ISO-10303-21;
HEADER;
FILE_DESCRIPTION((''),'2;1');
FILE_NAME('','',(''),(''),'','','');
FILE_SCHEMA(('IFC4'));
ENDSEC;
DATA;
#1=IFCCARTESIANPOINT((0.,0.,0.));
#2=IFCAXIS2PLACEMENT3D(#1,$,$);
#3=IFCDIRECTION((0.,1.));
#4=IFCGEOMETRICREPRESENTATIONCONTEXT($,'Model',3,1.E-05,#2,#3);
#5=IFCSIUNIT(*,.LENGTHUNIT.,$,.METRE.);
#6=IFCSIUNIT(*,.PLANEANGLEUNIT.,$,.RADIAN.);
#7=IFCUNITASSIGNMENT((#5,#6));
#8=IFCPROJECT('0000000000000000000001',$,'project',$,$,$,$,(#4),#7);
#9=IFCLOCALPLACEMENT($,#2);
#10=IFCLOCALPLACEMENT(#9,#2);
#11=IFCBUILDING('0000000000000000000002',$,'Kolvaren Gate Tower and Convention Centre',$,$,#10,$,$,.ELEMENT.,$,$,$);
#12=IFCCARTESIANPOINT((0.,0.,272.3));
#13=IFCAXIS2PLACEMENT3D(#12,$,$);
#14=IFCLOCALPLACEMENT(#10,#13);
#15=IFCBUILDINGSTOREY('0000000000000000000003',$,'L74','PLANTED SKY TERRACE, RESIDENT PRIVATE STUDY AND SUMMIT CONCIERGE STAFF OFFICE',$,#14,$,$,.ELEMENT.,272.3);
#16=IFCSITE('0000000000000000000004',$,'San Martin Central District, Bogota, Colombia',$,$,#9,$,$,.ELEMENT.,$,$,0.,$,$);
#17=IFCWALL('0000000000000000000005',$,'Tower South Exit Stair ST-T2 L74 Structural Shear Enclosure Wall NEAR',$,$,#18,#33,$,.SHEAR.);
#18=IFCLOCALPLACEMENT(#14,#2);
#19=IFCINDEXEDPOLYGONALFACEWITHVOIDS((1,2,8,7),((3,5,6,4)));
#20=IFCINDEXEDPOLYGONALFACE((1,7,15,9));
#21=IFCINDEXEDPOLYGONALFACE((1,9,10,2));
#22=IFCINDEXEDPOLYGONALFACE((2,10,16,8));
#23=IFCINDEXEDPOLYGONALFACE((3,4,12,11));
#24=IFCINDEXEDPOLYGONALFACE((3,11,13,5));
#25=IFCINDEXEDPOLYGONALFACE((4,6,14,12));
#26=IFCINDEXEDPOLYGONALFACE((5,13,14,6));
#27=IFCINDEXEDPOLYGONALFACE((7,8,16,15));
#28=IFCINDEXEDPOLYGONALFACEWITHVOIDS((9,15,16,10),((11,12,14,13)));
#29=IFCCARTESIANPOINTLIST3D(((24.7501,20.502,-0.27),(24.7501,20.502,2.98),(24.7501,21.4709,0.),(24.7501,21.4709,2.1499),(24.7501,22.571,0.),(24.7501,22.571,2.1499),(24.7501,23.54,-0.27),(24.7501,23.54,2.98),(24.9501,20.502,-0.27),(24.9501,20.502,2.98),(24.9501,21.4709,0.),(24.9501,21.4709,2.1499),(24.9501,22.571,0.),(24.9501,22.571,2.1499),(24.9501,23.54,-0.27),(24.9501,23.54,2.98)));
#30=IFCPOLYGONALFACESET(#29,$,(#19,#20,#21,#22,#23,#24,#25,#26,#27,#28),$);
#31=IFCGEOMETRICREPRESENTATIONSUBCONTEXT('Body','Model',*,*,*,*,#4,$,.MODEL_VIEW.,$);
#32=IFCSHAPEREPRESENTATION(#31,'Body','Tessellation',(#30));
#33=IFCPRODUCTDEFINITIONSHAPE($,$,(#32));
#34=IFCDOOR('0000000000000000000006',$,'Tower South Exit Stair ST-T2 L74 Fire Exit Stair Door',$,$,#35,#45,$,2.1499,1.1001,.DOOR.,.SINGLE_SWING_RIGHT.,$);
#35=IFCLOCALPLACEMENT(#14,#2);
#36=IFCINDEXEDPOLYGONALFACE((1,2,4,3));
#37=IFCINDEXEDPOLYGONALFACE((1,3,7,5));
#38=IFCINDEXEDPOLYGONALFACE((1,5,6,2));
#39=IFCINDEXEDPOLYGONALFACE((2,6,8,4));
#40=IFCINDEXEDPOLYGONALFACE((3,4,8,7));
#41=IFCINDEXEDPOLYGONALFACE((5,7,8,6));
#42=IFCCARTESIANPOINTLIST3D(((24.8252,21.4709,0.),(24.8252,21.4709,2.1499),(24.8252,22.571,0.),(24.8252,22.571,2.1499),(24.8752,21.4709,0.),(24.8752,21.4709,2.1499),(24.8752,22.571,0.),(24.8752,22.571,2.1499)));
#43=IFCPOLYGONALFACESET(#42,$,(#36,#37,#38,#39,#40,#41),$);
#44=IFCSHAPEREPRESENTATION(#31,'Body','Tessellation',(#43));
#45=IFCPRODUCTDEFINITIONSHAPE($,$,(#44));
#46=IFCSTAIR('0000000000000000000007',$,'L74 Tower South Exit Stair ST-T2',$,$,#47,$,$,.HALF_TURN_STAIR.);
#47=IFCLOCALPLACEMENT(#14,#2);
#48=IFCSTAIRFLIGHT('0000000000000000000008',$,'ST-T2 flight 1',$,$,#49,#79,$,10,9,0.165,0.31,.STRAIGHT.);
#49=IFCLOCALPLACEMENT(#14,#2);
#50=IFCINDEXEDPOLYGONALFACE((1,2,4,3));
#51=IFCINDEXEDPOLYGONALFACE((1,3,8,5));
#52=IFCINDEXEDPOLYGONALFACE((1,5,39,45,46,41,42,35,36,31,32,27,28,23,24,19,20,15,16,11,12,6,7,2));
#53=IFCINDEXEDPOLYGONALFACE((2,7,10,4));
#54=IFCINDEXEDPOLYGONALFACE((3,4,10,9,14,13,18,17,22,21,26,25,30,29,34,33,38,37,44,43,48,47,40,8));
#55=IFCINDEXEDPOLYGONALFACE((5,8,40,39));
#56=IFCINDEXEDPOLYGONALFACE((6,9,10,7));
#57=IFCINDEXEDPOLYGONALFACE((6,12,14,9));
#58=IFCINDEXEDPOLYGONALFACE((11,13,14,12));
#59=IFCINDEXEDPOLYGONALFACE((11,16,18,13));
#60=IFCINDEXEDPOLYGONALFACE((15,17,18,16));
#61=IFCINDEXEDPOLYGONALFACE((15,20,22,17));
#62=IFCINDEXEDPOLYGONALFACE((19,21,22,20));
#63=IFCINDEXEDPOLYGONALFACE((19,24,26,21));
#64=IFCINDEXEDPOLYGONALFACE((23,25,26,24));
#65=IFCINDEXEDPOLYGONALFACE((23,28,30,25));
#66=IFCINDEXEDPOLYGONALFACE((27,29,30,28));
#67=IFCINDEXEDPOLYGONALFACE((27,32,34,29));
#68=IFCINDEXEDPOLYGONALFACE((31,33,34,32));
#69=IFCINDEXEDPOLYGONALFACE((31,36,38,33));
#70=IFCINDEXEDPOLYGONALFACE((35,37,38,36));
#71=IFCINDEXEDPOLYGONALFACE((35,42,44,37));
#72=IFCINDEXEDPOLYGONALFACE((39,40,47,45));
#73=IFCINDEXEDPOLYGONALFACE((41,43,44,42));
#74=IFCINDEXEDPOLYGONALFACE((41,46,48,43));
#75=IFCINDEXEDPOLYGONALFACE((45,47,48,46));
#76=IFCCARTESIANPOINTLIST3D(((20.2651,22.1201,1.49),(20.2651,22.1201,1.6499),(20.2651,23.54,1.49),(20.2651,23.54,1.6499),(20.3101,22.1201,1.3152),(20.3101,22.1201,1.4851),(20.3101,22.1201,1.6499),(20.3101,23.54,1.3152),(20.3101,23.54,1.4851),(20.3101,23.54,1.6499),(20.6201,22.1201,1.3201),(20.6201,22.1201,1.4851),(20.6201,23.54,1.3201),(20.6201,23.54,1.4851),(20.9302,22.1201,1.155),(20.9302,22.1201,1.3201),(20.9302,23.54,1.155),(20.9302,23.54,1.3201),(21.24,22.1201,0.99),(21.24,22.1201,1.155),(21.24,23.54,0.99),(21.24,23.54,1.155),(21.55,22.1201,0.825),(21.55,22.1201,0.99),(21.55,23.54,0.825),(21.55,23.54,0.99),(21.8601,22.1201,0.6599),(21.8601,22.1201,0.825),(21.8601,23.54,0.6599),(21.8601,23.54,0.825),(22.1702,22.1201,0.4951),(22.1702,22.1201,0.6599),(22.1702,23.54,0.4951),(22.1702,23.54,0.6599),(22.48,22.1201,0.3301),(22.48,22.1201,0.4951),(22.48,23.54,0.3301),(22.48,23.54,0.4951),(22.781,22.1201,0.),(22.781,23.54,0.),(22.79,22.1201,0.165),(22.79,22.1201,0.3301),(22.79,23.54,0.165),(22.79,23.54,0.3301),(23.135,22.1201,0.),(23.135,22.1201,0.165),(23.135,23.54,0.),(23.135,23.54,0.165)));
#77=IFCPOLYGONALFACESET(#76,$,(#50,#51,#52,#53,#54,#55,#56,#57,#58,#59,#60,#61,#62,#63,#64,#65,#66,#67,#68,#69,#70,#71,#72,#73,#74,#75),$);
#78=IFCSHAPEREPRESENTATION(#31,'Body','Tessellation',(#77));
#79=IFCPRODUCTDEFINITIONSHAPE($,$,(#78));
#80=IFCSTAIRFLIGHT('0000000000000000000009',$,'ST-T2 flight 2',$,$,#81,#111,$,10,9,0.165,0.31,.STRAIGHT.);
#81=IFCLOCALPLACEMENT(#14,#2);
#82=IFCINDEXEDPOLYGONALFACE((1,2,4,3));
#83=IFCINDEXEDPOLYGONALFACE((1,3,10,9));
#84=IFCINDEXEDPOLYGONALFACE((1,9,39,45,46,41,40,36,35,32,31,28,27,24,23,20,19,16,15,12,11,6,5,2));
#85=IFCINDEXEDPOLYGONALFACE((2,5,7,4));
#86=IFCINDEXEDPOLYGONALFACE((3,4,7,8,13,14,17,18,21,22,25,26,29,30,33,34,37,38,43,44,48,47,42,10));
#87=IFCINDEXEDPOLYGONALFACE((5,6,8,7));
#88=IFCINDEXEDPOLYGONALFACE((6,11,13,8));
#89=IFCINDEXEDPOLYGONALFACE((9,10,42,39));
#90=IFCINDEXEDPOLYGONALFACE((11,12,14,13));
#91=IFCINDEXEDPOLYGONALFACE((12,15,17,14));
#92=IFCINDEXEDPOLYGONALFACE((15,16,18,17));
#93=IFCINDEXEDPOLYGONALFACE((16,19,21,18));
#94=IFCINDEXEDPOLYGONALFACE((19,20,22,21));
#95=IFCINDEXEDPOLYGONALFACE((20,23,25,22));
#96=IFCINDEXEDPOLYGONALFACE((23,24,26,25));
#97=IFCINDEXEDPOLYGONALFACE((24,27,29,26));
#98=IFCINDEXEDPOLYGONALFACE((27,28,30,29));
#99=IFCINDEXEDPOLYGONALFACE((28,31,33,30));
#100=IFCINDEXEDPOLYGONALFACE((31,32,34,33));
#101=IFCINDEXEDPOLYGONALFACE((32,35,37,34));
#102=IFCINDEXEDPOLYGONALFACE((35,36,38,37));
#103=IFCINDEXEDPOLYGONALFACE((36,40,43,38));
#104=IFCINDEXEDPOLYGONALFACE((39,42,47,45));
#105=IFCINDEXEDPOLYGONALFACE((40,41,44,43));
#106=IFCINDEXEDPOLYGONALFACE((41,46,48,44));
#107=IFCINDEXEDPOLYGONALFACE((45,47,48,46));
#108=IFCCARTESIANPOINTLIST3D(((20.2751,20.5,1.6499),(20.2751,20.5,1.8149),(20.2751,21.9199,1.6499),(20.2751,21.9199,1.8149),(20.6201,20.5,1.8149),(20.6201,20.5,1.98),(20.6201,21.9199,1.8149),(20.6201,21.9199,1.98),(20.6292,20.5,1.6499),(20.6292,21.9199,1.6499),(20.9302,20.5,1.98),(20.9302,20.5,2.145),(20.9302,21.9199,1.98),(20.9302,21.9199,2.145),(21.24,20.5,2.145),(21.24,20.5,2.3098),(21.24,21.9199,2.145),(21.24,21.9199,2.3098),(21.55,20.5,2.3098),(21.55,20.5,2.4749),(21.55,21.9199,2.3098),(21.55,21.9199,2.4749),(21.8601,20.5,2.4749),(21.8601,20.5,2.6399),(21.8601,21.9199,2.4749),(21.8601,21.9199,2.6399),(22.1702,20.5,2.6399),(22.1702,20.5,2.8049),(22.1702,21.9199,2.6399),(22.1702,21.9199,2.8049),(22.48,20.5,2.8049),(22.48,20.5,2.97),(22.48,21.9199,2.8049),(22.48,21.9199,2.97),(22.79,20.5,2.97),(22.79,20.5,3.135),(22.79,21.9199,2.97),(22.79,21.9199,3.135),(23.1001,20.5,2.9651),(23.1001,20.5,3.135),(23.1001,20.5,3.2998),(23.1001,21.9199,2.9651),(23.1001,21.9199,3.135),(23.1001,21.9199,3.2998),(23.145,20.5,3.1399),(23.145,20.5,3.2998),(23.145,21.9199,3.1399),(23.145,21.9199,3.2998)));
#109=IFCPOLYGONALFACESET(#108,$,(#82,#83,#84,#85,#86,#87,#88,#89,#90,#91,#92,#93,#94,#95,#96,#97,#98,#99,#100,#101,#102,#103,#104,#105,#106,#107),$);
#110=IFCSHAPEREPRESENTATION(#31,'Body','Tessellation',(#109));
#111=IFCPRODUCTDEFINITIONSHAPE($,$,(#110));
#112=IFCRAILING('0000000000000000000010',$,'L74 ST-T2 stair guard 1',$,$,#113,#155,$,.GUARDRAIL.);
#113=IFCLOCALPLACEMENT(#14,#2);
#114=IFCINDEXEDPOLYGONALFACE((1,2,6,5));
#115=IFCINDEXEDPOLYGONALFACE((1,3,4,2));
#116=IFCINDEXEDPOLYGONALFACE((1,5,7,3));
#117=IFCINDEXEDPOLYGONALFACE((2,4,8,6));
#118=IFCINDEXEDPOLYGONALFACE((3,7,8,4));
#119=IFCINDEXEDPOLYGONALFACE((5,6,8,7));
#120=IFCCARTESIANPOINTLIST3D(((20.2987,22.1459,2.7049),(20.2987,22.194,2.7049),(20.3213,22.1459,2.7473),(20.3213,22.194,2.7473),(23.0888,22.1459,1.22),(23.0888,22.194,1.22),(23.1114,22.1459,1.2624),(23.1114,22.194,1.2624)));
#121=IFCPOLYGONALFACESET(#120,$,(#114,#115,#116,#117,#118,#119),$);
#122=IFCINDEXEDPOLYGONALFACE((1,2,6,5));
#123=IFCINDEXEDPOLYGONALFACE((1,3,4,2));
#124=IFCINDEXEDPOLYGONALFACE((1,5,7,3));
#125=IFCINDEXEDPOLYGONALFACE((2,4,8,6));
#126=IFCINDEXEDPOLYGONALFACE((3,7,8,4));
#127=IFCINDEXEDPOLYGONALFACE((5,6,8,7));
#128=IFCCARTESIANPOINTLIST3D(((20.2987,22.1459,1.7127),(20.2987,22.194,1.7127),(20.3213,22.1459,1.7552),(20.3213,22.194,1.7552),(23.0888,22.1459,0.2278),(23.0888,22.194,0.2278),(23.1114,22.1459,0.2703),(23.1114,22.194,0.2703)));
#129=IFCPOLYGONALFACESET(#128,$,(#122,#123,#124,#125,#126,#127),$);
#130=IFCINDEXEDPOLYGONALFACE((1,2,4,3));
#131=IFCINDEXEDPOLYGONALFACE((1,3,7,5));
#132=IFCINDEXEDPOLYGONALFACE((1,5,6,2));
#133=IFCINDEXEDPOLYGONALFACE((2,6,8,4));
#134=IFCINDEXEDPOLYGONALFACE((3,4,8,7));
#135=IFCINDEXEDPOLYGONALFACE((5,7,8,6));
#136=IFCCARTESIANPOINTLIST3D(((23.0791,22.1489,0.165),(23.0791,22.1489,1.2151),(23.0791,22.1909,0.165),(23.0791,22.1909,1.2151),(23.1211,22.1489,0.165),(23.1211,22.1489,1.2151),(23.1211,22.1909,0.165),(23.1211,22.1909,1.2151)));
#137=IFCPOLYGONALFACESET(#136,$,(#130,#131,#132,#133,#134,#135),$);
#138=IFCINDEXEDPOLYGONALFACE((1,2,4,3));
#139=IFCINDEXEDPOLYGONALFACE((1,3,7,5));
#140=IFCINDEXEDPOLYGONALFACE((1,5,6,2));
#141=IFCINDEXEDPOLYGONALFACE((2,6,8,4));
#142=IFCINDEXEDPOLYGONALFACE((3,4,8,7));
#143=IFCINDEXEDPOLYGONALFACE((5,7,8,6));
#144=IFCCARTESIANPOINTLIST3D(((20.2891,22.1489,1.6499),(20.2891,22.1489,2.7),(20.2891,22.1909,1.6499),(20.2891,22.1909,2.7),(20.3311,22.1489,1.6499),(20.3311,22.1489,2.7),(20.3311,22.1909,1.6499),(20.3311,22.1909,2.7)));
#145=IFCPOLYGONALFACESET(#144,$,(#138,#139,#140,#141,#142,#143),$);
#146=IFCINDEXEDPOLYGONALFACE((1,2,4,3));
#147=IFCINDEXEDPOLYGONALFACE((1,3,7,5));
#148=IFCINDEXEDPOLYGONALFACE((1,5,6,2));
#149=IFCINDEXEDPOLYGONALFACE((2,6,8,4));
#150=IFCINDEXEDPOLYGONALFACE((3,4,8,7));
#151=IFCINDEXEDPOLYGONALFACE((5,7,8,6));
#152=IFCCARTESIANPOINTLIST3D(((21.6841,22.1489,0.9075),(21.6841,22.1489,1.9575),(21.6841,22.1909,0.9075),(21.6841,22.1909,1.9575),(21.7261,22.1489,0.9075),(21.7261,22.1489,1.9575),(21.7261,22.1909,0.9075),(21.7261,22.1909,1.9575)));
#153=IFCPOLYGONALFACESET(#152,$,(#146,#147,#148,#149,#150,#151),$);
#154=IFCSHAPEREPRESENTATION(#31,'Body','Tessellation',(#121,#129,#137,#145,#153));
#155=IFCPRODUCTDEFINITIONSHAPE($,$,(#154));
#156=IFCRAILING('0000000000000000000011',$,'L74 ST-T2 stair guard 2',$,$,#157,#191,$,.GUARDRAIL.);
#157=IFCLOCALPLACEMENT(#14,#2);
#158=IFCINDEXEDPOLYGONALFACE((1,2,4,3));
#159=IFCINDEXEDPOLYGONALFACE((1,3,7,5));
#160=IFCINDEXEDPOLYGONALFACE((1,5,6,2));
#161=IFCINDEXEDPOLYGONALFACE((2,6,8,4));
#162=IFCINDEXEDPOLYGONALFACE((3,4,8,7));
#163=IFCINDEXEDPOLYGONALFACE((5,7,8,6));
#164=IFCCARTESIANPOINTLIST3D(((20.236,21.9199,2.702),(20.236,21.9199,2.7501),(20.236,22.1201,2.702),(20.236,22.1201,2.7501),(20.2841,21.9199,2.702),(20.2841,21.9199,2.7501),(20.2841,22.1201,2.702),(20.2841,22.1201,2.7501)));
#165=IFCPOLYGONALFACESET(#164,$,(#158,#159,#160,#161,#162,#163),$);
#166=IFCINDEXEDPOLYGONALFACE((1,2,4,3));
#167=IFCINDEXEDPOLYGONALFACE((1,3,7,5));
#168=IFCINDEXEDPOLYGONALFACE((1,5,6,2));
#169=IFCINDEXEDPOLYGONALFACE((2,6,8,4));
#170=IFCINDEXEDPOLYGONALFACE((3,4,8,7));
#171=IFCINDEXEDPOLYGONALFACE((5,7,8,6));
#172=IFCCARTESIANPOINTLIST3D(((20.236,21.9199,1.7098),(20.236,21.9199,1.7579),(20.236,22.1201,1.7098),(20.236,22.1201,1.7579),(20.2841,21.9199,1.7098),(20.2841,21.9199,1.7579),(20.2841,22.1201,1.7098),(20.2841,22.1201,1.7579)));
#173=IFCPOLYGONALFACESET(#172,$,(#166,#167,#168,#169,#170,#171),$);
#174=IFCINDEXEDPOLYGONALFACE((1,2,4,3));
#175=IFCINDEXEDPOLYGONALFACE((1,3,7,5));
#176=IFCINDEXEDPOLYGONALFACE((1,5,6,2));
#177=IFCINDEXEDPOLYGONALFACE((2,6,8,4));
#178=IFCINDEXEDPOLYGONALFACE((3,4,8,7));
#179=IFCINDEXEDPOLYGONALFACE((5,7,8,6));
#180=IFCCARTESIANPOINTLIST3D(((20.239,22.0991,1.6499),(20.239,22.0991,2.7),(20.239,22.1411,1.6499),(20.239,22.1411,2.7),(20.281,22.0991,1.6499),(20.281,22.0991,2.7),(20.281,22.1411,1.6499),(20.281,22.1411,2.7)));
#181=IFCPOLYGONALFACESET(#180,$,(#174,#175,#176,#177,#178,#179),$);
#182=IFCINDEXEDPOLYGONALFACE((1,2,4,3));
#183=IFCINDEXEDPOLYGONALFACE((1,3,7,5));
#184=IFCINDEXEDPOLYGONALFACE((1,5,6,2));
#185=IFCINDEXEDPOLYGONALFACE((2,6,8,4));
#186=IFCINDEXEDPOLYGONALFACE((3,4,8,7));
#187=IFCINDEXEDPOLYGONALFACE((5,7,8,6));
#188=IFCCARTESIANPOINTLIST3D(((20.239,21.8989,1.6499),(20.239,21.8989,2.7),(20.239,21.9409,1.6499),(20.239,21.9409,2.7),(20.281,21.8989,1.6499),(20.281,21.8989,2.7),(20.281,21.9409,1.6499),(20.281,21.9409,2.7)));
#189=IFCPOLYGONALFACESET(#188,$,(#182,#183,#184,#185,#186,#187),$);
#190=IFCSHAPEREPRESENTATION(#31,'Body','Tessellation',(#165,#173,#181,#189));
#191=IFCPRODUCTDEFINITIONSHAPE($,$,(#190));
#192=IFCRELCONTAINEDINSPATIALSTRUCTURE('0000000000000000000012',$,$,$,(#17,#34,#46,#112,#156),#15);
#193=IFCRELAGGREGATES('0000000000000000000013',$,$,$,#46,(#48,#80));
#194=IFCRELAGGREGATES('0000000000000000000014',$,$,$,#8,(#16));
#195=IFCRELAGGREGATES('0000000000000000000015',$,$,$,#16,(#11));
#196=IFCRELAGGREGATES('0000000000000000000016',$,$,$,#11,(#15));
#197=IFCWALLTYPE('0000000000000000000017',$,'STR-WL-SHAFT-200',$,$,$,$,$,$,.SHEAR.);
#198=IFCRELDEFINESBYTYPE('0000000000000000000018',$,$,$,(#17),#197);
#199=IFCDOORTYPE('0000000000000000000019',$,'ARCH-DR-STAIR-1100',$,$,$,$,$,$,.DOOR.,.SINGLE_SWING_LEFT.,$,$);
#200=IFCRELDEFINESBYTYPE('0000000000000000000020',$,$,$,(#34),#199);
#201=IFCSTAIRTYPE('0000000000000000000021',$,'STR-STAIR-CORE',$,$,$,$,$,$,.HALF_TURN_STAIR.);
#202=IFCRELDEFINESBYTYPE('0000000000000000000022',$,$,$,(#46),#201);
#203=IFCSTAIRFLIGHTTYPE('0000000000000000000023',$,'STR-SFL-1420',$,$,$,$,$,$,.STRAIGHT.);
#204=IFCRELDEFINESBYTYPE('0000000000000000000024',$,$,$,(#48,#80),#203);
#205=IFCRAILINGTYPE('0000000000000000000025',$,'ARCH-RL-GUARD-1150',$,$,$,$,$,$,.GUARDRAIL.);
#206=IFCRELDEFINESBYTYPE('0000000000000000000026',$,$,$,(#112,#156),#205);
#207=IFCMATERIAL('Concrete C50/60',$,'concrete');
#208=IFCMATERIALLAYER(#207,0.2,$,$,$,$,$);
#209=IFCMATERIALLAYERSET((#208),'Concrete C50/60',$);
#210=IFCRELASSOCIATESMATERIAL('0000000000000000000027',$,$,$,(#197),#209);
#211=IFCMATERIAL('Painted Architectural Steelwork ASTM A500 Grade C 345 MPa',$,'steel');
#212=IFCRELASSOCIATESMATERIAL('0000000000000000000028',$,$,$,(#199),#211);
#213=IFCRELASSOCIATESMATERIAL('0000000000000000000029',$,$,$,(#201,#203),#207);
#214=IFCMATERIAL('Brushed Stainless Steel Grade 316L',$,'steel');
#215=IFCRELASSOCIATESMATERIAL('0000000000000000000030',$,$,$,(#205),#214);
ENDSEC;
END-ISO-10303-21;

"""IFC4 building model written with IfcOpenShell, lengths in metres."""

from ifc_helpers import new_model, si_unit, direction, frame, frame_2d, origin, origin_2d, place, context, subcontext, project, spatial, polyline, rectangle, outline, extrude, material, layer, layer_set, type_object, element, fill, aggregate, save


model = new_model("IFC4")

# Units and contexts
model_context = context("Model", 3, precision=1e-05, world=origin(), true_north=direction((0.0, 1.0)))
body_context = subcontext(model_context, "Body", "Model", "MODEL_VIEW")
ifc_project = project(units=[si_unit("LENGTHUNIT", "METRE"), si_unit("PLANEANGLEUNIT", "RADIAN")], contexts=[model_context])

# Site, building, storey
site_placement = place(None, origin())
site = spatial("IfcSite", under=ifc_project, at=site_placement, Name="San Martin Central District, Bogota, Colombia", CompositionType="ELEMENT", RefElevation=0.0)
building_placement = place(site_placement, origin())
building = spatial("IfcBuilding", under=site, at=building_placement, Name="Kolvaren Gate Tower and Convention Centre", CompositionType="ELEMENT")
storey_placement = place(building_placement, frame((0.0, 0.0, 272.3)))
storey = spatial("IfcBuildingStorey", under=building, at=storey_placement, Name="L74", Description="PLANTED SKY TERRACE, RESIDENT PRIVATE STUDY AND SUMMIT CONCIERGE STAFF OFFICE", CompositionType="ELEMENT", Elevation=272.3)

# Shared definitions
ifc_material_1 = material(Name="Painted Architectural Steelwork ASTM A500 Grade C 345 MPa", Category="steel")

# Shared definitions
ifc_material_2 = material(Name="Brushed Stainless Steel Grade 316L", Category="steel")

# Shared definitions
ifc_material_3 = material(Name="Concrete C50/60", Category="concrete")

# Wall, opening, door
ifc_layer_1 = layer(ifc_material_3, 0.2)
ifc_layer_set_1 = layer_set([ifc_layer_1], Name="Concrete C50/60")
wall_type_1 = type_object("IfcWallType", Name="STR-WL-SHAFT-200", PredefinedType="SHEAR", material=ifc_layer_set_1)
wall_1_placement = place(storey_placement, frame((24.8501, 20.502, -0.27), z_axis=(0.0, 0.0, 1.0), x_axis=(0.0, 1.0, 0.0)))
wall_1 = element("IfcWall", 1, at=wall_1_placement, inside=storey, type_object=wall_type_1, Name="Tower South Exit Stair ST-T2 L74 Structural Shear Enclosure Wall NEAR", PredefinedType="SHEAR", context=body_context, shape_type="SweptSolid", body=[
    extrude(rectangle(XDim=3.0381, YDim=0.2, at=frame_2d((1.519, 0.0))), origin(), (0.0, 0.0, 1.0), 3.25),
])
opening_1_placement = place(wall_1_placement, frame((0.969, 0.0, 0.27)))
opening_1 = element("IfcOpeningElement", 2, at=opening_1_placement, cuts=wall_1, PredefinedType="OPENING", context=body_context, shape_type="SweptSolid", body=[
    extrude(rectangle(XDim=1.1001, YDim=2.1499, at=frame_2d((0.55, 1.075))), frame((0.0, 0.1099, 0.0), z_axis=(0.0, -1.0, 0.0), x_axis=(1.0, 0.0, 0.0)), (0.0, 0.0, 1.0), 0.22),
])
door_type_1 = type_object("IfcDoorType", Name="ARCH-DR-STAIR-1100", OperationType="SINGLE_SWING_LEFT", PredefinedType="DOOR", material=ifc_material_1)
door_1_placement = place(opening_1_placement, origin())
door_1 = element("IfcDoor", 3, at=door_1_placement, inside=storey, type_object=door_type_1, Name="Tower South Exit Stair ST-T2 L74 Fire Exit Stair Door", OperationType="SINGLE_SWING_RIGHT", OverallHeight=2.1499, OverallWidth=1.1001, PredefinedType="DOOR", context=body_context, shape_type="SweptSolid", body=[
    extrude(rectangle(XDim=1.1001, YDim=2.1499, at=frame_2d((0.55, 1.075))), frame((0.0, 0.0249, 0.0), z_axis=(0.0, -1.0, 0.0), x_axis=(1.0, 0.0, 0.0)), (0.0, 0.0, 1.0), 0.05),
])
fill(opening_1, door_1)

# Stair, stair flights
stair_type = type_object("IfcStairType", Name="STR-STAIR-CORE", PredefinedType="HALF_TURN_STAIR", material=ifc_material_3)
stair_placement = place(storey_placement, origin())
stair = element("IfcStair", 4, at=stair_placement, inside=storey, type_object=stair_type, Name="L74 Tower South Exit Stair ST-T2", PredefinedType="HALF_TURN_STAIR")
stair_flight_type = type_object("IfcStairFlightType", Name="STR-SFL-1420", PredefinedType="STRAIGHT", material=ifc_material_3)
stair_flight_1_placement = place(storey_placement, frame((23.1001, 22.8301, 0.0), z_axis=(0.0, 0.0, 1.0), x_axis=(-1.0, 0.0, 0.0)))
stair_flight_1 = element("IfcStairFlight", 5, at=stair_flight_1_placement, type_object=stair_flight_type, Name="ST-T2 flight 1", NumberOfRisers=10, NumberOfTreads=9, PredefinedType="STRAIGHT", RiserHeight=0.165, TreadLength=0.31, context=body_context, shape_type="SweptSolid", body=[
    extrude(outline(polyline([(-0.0349, 0.0), (-0.0349, 0.165), (0.3101, 0.165), (0.3101, 0.3301), (0.6201, 0.3301), (0.6201, 0.4951), (0.9299, 0.4951), (0.9299, 0.6599), (1.24, 0.6599), (1.24, 0.825), (1.55, 0.825), (1.55, 0.99), (1.8601, 0.99), (1.8601, 1.155), (2.1699, 1.155), (2.1699, 1.3201), (2.48, 1.3201), (2.48, 1.4851), (2.79, 1.4851), (2.79, 1.6499), (2.835, 1.6499), (2.835, 1.49), (2.79, 1.3152), (0.3191, 0.0), (-0.0349, 0.0)])), frame((0.0, 0.71, 0.0), z_axis=(0.0, -1.0, 0.0), x_axis=(1.0, 0.0, 0.0)), (0.0, 0.0, 1.0), 1.4199),
])
stair_flight_2_placement = place(storey_placement, frame((20.3101, 21.21, 1.6499), z_axis=(0.0, 0.0, 1.0), x_axis=(1.0, 0.0, 0.0)))
stair_flight_2 = element("IfcStairFlight", 6, at=stair_flight_2_placement, type_object=stair_flight_type, Name="ST-T2 flight 2", NumberOfRisers=10, NumberOfTreads=9, PredefinedType="STRAIGHT", RiserHeight=0.165, TreadLength=0.31, context=body_context, shape_type="SweptSolid", body=[
    extrude(outline(polyline([(-0.0349, 0.0), (-0.0349, 0.165), (0.3101, 0.165), (0.3101, 0.3301), (0.6201, 0.3301), (0.6201, 0.4951), (0.9299, 0.4951), (0.9299, 0.6599), (1.24, 0.6599), (1.24, 0.825), (1.55, 0.825), (1.55, 0.99), (1.8601, 0.99), (1.8601, 1.155), (2.1699, 1.155), (2.1699, 1.3201), (2.48, 1.3201), (2.48, 1.4851), (2.79, 1.4851), (2.79, 1.6499), (2.835, 1.6499), (2.835, 1.49), (2.79, 1.3152), (0.3191, 0.0), (-0.0349, 0.0)])), frame((0.0, 0.71, 0.0), z_axis=(0.0, -1.0, 0.0), x_axis=(1.0, 0.0, 0.0)), (0.0, 0.0, 1.0), 1.4199),
])
aggregate(stair, [stair_flight_1, stair_flight_2])

# Railings
railing_type_1 = type_object("IfcRailingType", Name="ARCH-RL-GUARD-1150", PredefinedType="GUARDRAIL", material=ifc_material_2)
railing_1_placement = place(storey_placement, frame((23.1001, 22.1699, 0.165)))
element("IfcRailing", 7, at=railing_1_placement, inside=storey, type_object=railing_type_1, Name="L74 ST-T2 stair guard 1", PredefinedType="GUARDRAIL", context=body_context, shape_type="SweptSolid", body=[
    extrude(rectangle(XDim=0.0481, YDim=0.0481, at=origin_2d()), frame((0.0, 0.0, 1.0762), z_axis=(-0.882767, 0.0, 0.46981), x_axis=(0.0, -1.0, 0.0)), (0.0, 0.0, 1.0), 3.1606),
    extrude(rectangle(XDim=0.0481, YDim=0.0481, at=origin_2d()), frame((0.0, 0.0, 0.084), z_axis=(-0.882767, 0.0, 0.46981), x_axis=(0.0, -1.0, 0.0)), (0.0, 0.0, 1.0), 3.1606),
    extrude(rectangle(XDim=0.042, YDim=0.042, at=origin_2d()), origin(), (0.0, 0.0, 1.0), 1.05),
    extrude(rectangle(XDim=0.042, YDim=0.042, at=origin_2d()), frame((-2.79, 0.0, 1.4849)), (0.0, 0.0, 1.0), 1.05),
    extrude(rectangle(XDim=0.042, YDim=0.042, at=origin_2d()), frame((-1.395, 0.0, 0.7424)), (0.0, 0.0, 1.0), 1.05),
])
railing_2_placement = place(storey_placement, frame((20.26, 22.1201, 1.6499)))
element("IfcRailing", 8, at=railing_2_placement, inside=storey, type_object=railing_type_1, Name="L74 ST-T2 stair guard 2", PredefinedType="GUARDRAIL", context=body_context, shape_type="SweptSolid", body=[
    extrude(rectangle(XDim=0.0481, YDim=0.0481, at=origin_2d()), frame((0.0, 0.0, 1.0762), z_axis=(0.0, -1.0, 0.0), x_axis=(1.0, 0.0, 0.0)), (0.0, 0.0, 1.0), 0.2002),
    extrude(rectangle(XDim=0.0481, YDim=0.0481, at=origin_2d()), frame((0.0, 0.0, 0.084), z_axis=(0.0, -1.0, 0.0), x_axis=(1.0, 0.0, 0.0)), (0.0, 0.0, 1.0), 0.2002),
    extrude(rectangle(XDim=0.042, YDim=0.042, at=origin_2d()), origin(), (0.0, 0.0, 1.0), 1.05),
    extrude(rectangle(XDim=0.042, YDim=0.042, at=origin_2d()), frame((0.0, -0.2002, 0.0)), (0.0, 0.0, 1.0), 1.05),
])

save(model, "model.ifc")
